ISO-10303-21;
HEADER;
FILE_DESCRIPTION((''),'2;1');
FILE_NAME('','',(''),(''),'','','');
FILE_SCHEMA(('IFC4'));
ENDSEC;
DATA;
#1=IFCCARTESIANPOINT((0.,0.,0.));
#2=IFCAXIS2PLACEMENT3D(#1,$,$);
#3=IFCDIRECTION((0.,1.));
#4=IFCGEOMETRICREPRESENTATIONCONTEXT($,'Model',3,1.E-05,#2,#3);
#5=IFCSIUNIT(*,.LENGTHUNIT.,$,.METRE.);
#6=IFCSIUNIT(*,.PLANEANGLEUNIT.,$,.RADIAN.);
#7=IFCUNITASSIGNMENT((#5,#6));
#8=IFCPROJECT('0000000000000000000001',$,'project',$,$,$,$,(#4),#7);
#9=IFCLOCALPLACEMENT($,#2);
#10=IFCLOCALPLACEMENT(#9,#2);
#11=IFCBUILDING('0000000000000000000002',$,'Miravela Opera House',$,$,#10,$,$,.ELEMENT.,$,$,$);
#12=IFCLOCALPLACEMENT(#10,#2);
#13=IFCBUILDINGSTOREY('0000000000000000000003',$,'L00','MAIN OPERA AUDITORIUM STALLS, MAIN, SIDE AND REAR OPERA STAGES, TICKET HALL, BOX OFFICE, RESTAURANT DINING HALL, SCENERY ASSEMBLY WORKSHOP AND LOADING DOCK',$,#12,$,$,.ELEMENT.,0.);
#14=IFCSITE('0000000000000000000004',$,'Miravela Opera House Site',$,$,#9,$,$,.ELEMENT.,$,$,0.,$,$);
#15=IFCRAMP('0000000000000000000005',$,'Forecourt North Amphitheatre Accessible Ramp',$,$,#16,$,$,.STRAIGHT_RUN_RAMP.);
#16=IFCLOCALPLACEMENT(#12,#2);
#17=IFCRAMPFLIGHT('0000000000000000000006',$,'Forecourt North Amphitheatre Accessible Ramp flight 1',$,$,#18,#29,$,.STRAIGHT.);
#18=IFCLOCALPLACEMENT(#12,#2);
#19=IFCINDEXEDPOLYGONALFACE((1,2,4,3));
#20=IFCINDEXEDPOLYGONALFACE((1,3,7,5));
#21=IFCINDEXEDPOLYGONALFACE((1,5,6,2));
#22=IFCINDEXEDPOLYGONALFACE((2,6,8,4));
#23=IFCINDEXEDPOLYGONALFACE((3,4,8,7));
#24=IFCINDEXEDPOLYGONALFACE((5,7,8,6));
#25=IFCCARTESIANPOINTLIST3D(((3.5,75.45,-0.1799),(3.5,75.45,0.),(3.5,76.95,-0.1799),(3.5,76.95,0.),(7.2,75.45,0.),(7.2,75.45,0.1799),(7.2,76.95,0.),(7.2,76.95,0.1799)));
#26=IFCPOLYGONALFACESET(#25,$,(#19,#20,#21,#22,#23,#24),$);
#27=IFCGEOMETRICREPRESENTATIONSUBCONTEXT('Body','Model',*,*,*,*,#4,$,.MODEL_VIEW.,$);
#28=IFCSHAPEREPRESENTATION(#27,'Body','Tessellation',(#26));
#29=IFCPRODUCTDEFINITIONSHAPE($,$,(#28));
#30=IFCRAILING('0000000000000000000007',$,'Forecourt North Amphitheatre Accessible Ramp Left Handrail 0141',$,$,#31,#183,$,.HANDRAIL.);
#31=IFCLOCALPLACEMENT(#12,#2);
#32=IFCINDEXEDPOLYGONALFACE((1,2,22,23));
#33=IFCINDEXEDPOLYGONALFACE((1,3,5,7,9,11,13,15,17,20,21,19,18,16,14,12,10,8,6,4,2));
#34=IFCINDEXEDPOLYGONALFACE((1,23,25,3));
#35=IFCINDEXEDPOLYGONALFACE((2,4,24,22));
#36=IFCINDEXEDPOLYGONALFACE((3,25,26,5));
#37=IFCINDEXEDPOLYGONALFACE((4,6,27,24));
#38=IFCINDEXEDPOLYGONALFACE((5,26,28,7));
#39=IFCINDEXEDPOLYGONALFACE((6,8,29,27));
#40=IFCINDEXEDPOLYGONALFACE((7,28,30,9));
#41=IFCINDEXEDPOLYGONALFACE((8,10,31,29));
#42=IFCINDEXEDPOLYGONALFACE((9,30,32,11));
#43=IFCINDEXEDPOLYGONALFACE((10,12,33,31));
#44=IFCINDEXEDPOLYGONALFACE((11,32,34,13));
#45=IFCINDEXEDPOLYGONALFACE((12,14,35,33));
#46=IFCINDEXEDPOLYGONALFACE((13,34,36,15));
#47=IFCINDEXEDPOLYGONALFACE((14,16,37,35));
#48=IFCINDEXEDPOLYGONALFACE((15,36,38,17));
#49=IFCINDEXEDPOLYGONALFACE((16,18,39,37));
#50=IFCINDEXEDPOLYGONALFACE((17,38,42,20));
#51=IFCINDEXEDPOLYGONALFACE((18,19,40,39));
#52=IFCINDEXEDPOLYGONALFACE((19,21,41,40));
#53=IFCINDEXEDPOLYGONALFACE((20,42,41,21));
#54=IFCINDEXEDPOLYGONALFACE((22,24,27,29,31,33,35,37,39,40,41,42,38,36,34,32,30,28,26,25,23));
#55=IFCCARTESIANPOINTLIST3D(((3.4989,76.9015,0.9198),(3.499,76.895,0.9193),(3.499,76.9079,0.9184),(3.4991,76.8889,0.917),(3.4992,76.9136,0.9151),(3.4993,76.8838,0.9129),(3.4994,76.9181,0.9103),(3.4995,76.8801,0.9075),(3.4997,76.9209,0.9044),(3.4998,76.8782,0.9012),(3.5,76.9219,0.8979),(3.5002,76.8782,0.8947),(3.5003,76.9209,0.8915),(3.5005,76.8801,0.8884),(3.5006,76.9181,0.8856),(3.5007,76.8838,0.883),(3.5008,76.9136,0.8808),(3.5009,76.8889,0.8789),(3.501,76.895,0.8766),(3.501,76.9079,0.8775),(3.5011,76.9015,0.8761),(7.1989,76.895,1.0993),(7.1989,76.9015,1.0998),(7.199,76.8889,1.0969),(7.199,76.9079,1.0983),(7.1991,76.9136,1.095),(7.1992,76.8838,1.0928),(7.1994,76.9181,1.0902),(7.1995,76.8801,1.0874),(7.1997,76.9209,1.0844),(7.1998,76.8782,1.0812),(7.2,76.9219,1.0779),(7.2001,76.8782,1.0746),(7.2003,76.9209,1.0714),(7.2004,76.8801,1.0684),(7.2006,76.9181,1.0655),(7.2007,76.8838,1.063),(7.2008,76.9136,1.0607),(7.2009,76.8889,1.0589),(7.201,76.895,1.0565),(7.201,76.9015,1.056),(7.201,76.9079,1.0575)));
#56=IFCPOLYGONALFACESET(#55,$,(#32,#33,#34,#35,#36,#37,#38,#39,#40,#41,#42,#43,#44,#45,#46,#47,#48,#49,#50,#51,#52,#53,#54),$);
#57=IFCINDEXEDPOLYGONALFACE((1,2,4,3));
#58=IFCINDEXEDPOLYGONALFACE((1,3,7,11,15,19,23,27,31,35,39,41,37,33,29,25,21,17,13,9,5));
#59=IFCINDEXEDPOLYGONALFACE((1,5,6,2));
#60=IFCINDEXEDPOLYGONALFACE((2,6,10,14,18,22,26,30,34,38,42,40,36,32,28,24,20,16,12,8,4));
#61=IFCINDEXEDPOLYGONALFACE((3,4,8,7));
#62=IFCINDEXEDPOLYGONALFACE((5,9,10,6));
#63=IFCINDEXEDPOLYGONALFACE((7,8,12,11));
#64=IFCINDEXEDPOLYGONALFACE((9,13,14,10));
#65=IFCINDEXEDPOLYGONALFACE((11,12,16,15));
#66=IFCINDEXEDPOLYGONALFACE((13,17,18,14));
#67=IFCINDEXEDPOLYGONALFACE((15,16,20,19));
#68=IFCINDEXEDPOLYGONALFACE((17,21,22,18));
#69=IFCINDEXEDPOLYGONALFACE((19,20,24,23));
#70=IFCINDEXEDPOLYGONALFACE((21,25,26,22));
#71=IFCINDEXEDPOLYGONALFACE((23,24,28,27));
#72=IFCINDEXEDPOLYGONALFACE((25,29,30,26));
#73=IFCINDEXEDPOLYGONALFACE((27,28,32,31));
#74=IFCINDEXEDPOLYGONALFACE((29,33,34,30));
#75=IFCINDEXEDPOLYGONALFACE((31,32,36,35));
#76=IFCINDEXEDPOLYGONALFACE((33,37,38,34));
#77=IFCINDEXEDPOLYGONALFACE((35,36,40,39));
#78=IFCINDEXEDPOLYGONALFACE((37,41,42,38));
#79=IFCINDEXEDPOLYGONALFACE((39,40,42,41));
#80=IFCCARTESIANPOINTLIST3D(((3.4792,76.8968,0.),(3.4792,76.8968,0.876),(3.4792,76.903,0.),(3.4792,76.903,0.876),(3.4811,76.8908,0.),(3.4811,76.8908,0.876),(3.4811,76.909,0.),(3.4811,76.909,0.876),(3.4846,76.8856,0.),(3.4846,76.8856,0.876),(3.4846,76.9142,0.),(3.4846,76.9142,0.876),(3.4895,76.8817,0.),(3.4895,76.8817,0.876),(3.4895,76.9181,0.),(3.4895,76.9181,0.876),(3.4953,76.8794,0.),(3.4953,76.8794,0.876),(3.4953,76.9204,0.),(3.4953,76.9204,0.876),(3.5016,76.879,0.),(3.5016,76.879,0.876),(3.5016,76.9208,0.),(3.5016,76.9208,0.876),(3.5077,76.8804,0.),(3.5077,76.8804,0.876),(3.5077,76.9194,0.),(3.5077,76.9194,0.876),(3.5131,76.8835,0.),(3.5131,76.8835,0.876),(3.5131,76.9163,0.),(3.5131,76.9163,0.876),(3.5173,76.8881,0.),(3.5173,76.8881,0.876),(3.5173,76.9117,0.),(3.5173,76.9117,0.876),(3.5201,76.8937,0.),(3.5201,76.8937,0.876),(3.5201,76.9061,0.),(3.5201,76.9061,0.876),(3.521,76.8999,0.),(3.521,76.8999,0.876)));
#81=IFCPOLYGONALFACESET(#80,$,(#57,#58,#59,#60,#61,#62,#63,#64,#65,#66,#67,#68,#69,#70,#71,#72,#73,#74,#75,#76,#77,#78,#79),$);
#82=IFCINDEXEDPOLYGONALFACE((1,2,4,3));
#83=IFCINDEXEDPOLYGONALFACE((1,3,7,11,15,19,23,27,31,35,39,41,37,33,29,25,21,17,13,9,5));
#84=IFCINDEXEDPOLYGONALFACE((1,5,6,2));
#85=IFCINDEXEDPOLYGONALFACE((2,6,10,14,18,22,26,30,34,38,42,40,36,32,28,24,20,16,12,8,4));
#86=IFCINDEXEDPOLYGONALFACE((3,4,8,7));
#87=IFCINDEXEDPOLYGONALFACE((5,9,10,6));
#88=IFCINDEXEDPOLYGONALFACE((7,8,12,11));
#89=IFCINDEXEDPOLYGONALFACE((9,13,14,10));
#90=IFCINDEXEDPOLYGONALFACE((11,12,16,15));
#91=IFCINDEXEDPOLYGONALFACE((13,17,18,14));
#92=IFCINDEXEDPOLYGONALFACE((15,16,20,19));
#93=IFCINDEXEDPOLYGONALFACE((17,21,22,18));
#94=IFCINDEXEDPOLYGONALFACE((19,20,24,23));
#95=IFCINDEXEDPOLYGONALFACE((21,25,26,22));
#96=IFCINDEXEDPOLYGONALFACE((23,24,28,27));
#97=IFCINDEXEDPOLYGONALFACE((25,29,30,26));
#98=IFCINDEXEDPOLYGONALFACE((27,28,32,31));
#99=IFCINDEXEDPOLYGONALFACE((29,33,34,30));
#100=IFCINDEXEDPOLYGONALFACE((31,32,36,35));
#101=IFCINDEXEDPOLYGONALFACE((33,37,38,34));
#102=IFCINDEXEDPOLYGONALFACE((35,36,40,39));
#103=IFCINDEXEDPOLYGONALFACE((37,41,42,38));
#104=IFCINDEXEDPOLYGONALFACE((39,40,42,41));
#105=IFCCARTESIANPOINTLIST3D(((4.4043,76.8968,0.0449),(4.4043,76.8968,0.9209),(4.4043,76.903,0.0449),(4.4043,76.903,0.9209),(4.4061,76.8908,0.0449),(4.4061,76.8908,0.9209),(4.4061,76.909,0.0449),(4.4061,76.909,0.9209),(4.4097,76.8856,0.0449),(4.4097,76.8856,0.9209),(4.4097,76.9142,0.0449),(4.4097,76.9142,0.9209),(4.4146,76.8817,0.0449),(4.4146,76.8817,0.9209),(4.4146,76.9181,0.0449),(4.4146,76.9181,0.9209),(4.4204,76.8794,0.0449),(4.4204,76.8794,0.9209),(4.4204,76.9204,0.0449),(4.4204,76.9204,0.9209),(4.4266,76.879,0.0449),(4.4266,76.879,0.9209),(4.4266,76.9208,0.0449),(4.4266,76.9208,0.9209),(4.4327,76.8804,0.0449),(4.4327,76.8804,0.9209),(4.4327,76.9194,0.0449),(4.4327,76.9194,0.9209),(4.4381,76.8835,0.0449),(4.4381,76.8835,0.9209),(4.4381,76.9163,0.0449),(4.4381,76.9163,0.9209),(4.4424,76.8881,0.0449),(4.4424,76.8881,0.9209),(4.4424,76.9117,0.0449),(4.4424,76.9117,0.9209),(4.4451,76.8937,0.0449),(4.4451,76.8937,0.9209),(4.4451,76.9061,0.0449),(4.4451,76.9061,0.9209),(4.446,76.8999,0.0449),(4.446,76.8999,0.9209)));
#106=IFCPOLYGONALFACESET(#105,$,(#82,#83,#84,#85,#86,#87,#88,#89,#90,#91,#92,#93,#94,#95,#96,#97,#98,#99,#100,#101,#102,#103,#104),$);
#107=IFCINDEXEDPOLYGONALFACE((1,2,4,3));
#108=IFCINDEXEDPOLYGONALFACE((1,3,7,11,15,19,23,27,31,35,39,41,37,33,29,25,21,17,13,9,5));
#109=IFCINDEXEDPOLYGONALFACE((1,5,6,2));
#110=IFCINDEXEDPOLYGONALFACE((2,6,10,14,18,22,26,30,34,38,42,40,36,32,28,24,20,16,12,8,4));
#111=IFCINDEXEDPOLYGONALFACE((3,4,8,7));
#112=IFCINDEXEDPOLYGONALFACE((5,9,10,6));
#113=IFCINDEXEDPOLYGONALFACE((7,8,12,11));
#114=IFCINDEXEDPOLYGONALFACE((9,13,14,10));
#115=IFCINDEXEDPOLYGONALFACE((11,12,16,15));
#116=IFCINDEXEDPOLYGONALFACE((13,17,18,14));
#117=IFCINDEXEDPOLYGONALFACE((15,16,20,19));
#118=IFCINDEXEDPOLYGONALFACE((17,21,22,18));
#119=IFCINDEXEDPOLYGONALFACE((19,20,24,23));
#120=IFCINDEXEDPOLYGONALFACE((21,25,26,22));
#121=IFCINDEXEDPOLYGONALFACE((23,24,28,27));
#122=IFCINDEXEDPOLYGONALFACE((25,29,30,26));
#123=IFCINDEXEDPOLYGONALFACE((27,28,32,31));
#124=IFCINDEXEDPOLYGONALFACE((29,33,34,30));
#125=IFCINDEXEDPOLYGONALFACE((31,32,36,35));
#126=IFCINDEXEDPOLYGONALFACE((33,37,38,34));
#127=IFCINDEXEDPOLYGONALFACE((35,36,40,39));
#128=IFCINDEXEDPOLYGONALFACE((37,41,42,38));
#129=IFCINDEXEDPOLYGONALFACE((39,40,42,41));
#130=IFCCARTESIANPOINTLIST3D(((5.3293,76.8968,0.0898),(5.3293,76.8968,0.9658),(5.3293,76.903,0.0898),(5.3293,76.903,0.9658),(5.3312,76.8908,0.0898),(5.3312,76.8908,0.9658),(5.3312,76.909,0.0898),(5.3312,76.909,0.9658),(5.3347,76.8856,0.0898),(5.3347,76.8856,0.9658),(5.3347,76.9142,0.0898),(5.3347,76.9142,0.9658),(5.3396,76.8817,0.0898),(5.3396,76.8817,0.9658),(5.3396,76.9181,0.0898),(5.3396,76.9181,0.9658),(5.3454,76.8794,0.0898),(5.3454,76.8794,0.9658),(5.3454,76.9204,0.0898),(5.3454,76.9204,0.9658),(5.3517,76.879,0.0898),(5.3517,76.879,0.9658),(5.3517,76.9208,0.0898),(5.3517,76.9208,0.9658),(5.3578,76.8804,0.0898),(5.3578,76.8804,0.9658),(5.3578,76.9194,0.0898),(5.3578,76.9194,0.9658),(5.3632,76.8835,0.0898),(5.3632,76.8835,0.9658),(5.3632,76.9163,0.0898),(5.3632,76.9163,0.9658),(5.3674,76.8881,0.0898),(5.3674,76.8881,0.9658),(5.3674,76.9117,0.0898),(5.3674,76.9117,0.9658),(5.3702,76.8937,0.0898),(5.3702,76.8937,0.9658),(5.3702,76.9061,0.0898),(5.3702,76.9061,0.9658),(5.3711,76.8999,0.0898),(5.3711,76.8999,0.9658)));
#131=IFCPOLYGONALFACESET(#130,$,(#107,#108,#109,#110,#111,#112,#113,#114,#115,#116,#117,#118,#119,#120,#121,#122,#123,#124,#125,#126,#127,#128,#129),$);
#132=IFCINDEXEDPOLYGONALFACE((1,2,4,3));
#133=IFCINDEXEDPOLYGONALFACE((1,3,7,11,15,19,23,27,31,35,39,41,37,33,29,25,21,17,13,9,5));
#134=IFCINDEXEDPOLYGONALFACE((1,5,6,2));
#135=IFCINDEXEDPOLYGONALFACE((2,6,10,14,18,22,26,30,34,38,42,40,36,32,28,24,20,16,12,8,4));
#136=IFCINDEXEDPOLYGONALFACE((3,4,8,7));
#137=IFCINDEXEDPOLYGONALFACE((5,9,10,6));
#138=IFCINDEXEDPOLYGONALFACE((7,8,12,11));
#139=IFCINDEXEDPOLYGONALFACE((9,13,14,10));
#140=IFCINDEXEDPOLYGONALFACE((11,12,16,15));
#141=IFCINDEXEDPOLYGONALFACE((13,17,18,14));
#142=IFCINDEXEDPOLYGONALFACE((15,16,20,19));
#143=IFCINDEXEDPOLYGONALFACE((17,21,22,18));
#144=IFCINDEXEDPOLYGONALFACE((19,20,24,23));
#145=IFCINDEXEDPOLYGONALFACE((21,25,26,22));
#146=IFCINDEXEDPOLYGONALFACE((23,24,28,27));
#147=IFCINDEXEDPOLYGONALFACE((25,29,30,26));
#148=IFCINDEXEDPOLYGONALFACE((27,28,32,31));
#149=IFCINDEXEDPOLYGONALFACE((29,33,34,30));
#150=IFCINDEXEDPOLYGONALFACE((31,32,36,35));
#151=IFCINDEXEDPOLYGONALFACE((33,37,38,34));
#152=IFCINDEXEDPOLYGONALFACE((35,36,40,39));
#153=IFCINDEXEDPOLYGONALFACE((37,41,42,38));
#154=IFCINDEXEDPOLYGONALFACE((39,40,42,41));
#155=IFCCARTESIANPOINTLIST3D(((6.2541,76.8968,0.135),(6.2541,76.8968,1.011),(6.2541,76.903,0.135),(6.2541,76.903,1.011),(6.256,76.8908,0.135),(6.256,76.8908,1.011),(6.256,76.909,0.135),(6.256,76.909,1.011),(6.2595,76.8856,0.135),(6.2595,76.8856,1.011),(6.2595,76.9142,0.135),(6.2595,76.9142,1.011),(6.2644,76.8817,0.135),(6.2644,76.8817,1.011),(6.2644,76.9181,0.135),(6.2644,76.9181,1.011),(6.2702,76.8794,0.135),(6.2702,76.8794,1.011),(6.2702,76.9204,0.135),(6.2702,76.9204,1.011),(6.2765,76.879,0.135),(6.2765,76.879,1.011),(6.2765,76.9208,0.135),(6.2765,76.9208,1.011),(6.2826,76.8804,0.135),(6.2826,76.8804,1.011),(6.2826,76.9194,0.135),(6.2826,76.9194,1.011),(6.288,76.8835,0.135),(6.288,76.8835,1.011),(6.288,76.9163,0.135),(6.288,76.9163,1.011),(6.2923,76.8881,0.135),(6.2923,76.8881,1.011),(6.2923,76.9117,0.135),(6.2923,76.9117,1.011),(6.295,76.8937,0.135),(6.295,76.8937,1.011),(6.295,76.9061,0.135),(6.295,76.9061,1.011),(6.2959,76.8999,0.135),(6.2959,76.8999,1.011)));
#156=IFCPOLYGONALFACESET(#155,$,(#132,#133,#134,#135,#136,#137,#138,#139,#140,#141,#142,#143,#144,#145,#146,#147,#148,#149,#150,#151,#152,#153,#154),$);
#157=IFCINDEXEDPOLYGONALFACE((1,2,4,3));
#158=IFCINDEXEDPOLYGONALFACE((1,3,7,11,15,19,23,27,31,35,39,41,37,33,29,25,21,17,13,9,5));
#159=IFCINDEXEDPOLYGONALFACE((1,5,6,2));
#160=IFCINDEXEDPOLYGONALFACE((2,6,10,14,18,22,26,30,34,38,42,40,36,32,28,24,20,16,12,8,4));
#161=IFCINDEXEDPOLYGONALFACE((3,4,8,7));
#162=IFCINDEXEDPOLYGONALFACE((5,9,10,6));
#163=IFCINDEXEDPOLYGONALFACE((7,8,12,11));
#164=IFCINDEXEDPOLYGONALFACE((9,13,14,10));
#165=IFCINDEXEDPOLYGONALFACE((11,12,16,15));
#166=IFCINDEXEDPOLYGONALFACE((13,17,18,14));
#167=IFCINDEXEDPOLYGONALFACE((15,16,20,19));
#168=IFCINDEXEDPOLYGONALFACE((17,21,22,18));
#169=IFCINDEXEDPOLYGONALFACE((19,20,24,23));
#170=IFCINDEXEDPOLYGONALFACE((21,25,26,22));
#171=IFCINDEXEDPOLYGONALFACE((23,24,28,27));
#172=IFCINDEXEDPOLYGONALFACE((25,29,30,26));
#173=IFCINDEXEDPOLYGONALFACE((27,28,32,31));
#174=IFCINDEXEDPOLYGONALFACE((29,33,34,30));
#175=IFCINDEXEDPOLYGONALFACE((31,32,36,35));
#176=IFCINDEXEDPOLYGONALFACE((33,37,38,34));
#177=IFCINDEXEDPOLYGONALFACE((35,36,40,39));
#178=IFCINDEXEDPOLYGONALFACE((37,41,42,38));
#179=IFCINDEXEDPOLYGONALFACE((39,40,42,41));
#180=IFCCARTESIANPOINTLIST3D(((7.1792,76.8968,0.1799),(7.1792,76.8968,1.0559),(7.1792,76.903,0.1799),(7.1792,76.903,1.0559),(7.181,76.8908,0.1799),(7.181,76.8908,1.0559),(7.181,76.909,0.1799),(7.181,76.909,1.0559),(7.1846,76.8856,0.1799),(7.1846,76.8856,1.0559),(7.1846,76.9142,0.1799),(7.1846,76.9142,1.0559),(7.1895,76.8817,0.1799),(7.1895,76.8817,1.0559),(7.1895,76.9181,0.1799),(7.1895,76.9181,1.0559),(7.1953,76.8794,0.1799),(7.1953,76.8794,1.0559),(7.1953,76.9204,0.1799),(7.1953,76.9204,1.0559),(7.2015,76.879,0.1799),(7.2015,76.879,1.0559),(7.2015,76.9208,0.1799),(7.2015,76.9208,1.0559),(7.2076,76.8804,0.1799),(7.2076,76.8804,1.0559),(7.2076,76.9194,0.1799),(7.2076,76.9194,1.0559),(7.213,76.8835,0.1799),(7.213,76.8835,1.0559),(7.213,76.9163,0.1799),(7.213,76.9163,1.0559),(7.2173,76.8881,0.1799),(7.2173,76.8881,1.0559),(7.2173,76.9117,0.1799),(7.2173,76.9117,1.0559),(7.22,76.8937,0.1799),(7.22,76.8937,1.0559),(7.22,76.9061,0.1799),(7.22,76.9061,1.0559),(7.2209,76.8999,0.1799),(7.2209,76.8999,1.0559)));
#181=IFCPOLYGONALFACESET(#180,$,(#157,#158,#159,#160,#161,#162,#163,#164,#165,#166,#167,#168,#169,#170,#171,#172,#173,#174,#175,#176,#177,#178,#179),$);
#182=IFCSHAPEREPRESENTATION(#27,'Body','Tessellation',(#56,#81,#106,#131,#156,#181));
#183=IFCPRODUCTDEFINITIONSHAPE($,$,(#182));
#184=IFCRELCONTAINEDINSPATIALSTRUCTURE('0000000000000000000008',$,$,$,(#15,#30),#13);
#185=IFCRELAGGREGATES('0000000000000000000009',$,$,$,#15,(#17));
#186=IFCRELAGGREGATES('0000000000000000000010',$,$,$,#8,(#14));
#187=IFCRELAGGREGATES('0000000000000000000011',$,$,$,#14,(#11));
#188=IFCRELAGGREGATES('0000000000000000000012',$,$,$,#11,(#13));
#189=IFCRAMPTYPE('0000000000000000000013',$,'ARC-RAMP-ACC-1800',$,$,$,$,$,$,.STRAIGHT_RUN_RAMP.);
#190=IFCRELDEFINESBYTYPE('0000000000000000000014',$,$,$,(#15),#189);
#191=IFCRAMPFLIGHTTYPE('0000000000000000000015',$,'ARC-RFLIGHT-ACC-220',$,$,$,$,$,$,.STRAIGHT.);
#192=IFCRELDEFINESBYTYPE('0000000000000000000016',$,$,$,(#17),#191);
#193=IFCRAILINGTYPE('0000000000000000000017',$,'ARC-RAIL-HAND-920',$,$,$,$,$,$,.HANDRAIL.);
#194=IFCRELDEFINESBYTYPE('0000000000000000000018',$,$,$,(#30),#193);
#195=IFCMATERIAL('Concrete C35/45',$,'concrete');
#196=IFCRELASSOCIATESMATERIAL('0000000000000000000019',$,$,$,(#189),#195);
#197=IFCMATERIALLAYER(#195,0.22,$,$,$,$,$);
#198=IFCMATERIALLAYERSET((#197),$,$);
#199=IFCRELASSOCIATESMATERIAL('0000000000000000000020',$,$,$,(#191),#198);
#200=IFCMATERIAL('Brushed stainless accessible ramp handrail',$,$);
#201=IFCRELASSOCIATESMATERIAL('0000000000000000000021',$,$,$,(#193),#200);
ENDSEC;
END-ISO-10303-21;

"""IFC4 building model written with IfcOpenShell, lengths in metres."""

from ifc_helpers import new_model, si_unit, direction, frame, origin, origin_2d, place, context, subcontext, project, spatial, polyline, circle, outline, extrude, material, layer, layer_set, type_object, element, aggregate, save


model = new_model("IFC4")

# Units and contexts
model_context = context("Model", 3, precision=1e-05, world=origin(), true_north=direction((0.0, 1.0)))
body_context = subcontext(model_context, "Body", "Model", "MODEL_VIEW")
ifc_project = project(units=[si_unit("LENGTHUNIT", "METRE"), si_unit("PLANEANGLEUNIT", "RADIAN")], contexts=[model_context])

# Site, building, storey
site_placement = place(None, origin())
site = spatial("IfcSite", under=ifc_project, at=site_placement, Name="Miravela Opera House Site", CompositionType="ELEMENT", RefElevation=0.0)
building_placement = place(site_placement, origin())
building = spatial("IfcBuilding", under=site, at=building_placement, Name="Miravela Opera House", CompositionType="ELEMENT")
storey_placement = place(building_placement, origin())
storey = spatial("IfcBuildingStorey", under=building, at=storey_placement, Name="L00", Description="MAIN OPERA AUDITORIUM STALLS, MAIN, SIDE AND REAR OPERA STAGES, TICKET HALL, BOX OFFICE, RESTAURANT DINING HALL, SCENERY ASSEMBLY WORKSHOP AND LOADING DOCK", CompositionType="ELEMENT", Elevation=0.0)

# Shared definitions
ifc_material_1 = material(Name="Concrete C35/45", Category="concrete")

# Ramp, ramp flight
ramp_type = type_object("IfcRampType", Name="ARC-RAMP-ACC-1800", PredefinedType="STRAIGHT_RUN_RAMP", material=ifc_material_1)
ramp_placement = place(storey_placement, origin())
ramp = element("IfcRamp", 1, at=ramp_placement, inside=storey, type_object=ramp_type, Name="Forecourt North Amphitheatre Accessible Ramp", PredefinedType="STRAIGHT_RUN_RAMP")
ifc_layer_1 = layer(ifc_material_1, 0.22)
ifc_layer_set_1 = layer_set([ifc_layer_1])
ramp_flight_type = type_object("IfcRampFlightType", Name="ARC-RFLIGHT-ACC-220", PredefinedType="STRAIGHT", material=ifc_layer_set_1)
ramp_flight_placement = place(storey_placement, frame((3.5, 76.2, 0.0), z_axis=(0.0, 0.0, 1.0), x_axis=(1.0, 0.0, 0.0)))
ramp_flight = element("IfcRampFlight", 2, at=ramp_flight_placement, type_object=ramp_flight_type, Name="Forecourt North Amphitheatre Accessible Ramp flight 1", PredefinedType="STRAIGHT", context=body_context, shape_type="SweptSolid", body=[
    extrude(outline(polyline([(0.0, 0.0), (3.7, 0.1799), (3.7, 0.0), (0.0, -0.1799), (0.0, 0.0)])), frame((0.0, 0.75, 0.0), z_axis=(0.0, -1.0, 0.0), x_axis=(1.0, 0.0, 0.0)), (0.0, 0.0, 1.0), 1.5),
])
aggregate(ramp, [ramp_flight])

# Railing
ifc_material_2 = material(Name="Brushed stainless accessible ramp handrail")
railing_type = type_object("IfcRailingType", Name="ARC-RAIL-HAND-920", PredefinedType="HANDRAIL", material=ifc_material_2)
for number, where, name in (
    (3, (3.5, 76.8999, 0.0), "Forecourt North Amphitheatre Accessible Ramp Left Handrail 0141"),
):
    element("IfcRailing", number, at=place(storey_placement, frame(where)), inside=storey, type_object=railing_type, Name=name, PredefinedType="HANDRAIL", context=body_context, shape_type="SweptSolid", body=[
        extrude(circle(Radius=0.022, at=origin_2d()), frame((0.0, 0.0, 0.8979), z_axis=(0.99882, 0.0, 0.048573), x_axis=(0.0, 1.0, 0.0)), (0.0, 0.0, 1.0), 3.7043),
        extrude(circle(Radius=0.021, at=origin_2d()), origin(), (0.0, 0.0, 1.0), 0.876),
        extrude(circle(Radius=0.021, at=origin_2d()), frame((0.925, 0.0, 0.0449)), (0.0, 0.0, 1.0), 0.876),
        extrude(circle(Radius=0.021, at=origin_2d()), frame((1.8501, 0.0, 0.0898)), (0.0, 0.0, 1.0), 0.876),
        extrude(circle(Radius=0.021, at=origin_2d()), frame((2.7749, 0.0, 0.135)), (0.0, 0.0, 1.0), 0.876),
        extrude(circle(Radius=0.021, at=origin_2d()), frame((3.7, 0.0, 0.1799)), (0.0, 0.0, 1.0), 0.876),
    ])

save(model, "model.ifc")
